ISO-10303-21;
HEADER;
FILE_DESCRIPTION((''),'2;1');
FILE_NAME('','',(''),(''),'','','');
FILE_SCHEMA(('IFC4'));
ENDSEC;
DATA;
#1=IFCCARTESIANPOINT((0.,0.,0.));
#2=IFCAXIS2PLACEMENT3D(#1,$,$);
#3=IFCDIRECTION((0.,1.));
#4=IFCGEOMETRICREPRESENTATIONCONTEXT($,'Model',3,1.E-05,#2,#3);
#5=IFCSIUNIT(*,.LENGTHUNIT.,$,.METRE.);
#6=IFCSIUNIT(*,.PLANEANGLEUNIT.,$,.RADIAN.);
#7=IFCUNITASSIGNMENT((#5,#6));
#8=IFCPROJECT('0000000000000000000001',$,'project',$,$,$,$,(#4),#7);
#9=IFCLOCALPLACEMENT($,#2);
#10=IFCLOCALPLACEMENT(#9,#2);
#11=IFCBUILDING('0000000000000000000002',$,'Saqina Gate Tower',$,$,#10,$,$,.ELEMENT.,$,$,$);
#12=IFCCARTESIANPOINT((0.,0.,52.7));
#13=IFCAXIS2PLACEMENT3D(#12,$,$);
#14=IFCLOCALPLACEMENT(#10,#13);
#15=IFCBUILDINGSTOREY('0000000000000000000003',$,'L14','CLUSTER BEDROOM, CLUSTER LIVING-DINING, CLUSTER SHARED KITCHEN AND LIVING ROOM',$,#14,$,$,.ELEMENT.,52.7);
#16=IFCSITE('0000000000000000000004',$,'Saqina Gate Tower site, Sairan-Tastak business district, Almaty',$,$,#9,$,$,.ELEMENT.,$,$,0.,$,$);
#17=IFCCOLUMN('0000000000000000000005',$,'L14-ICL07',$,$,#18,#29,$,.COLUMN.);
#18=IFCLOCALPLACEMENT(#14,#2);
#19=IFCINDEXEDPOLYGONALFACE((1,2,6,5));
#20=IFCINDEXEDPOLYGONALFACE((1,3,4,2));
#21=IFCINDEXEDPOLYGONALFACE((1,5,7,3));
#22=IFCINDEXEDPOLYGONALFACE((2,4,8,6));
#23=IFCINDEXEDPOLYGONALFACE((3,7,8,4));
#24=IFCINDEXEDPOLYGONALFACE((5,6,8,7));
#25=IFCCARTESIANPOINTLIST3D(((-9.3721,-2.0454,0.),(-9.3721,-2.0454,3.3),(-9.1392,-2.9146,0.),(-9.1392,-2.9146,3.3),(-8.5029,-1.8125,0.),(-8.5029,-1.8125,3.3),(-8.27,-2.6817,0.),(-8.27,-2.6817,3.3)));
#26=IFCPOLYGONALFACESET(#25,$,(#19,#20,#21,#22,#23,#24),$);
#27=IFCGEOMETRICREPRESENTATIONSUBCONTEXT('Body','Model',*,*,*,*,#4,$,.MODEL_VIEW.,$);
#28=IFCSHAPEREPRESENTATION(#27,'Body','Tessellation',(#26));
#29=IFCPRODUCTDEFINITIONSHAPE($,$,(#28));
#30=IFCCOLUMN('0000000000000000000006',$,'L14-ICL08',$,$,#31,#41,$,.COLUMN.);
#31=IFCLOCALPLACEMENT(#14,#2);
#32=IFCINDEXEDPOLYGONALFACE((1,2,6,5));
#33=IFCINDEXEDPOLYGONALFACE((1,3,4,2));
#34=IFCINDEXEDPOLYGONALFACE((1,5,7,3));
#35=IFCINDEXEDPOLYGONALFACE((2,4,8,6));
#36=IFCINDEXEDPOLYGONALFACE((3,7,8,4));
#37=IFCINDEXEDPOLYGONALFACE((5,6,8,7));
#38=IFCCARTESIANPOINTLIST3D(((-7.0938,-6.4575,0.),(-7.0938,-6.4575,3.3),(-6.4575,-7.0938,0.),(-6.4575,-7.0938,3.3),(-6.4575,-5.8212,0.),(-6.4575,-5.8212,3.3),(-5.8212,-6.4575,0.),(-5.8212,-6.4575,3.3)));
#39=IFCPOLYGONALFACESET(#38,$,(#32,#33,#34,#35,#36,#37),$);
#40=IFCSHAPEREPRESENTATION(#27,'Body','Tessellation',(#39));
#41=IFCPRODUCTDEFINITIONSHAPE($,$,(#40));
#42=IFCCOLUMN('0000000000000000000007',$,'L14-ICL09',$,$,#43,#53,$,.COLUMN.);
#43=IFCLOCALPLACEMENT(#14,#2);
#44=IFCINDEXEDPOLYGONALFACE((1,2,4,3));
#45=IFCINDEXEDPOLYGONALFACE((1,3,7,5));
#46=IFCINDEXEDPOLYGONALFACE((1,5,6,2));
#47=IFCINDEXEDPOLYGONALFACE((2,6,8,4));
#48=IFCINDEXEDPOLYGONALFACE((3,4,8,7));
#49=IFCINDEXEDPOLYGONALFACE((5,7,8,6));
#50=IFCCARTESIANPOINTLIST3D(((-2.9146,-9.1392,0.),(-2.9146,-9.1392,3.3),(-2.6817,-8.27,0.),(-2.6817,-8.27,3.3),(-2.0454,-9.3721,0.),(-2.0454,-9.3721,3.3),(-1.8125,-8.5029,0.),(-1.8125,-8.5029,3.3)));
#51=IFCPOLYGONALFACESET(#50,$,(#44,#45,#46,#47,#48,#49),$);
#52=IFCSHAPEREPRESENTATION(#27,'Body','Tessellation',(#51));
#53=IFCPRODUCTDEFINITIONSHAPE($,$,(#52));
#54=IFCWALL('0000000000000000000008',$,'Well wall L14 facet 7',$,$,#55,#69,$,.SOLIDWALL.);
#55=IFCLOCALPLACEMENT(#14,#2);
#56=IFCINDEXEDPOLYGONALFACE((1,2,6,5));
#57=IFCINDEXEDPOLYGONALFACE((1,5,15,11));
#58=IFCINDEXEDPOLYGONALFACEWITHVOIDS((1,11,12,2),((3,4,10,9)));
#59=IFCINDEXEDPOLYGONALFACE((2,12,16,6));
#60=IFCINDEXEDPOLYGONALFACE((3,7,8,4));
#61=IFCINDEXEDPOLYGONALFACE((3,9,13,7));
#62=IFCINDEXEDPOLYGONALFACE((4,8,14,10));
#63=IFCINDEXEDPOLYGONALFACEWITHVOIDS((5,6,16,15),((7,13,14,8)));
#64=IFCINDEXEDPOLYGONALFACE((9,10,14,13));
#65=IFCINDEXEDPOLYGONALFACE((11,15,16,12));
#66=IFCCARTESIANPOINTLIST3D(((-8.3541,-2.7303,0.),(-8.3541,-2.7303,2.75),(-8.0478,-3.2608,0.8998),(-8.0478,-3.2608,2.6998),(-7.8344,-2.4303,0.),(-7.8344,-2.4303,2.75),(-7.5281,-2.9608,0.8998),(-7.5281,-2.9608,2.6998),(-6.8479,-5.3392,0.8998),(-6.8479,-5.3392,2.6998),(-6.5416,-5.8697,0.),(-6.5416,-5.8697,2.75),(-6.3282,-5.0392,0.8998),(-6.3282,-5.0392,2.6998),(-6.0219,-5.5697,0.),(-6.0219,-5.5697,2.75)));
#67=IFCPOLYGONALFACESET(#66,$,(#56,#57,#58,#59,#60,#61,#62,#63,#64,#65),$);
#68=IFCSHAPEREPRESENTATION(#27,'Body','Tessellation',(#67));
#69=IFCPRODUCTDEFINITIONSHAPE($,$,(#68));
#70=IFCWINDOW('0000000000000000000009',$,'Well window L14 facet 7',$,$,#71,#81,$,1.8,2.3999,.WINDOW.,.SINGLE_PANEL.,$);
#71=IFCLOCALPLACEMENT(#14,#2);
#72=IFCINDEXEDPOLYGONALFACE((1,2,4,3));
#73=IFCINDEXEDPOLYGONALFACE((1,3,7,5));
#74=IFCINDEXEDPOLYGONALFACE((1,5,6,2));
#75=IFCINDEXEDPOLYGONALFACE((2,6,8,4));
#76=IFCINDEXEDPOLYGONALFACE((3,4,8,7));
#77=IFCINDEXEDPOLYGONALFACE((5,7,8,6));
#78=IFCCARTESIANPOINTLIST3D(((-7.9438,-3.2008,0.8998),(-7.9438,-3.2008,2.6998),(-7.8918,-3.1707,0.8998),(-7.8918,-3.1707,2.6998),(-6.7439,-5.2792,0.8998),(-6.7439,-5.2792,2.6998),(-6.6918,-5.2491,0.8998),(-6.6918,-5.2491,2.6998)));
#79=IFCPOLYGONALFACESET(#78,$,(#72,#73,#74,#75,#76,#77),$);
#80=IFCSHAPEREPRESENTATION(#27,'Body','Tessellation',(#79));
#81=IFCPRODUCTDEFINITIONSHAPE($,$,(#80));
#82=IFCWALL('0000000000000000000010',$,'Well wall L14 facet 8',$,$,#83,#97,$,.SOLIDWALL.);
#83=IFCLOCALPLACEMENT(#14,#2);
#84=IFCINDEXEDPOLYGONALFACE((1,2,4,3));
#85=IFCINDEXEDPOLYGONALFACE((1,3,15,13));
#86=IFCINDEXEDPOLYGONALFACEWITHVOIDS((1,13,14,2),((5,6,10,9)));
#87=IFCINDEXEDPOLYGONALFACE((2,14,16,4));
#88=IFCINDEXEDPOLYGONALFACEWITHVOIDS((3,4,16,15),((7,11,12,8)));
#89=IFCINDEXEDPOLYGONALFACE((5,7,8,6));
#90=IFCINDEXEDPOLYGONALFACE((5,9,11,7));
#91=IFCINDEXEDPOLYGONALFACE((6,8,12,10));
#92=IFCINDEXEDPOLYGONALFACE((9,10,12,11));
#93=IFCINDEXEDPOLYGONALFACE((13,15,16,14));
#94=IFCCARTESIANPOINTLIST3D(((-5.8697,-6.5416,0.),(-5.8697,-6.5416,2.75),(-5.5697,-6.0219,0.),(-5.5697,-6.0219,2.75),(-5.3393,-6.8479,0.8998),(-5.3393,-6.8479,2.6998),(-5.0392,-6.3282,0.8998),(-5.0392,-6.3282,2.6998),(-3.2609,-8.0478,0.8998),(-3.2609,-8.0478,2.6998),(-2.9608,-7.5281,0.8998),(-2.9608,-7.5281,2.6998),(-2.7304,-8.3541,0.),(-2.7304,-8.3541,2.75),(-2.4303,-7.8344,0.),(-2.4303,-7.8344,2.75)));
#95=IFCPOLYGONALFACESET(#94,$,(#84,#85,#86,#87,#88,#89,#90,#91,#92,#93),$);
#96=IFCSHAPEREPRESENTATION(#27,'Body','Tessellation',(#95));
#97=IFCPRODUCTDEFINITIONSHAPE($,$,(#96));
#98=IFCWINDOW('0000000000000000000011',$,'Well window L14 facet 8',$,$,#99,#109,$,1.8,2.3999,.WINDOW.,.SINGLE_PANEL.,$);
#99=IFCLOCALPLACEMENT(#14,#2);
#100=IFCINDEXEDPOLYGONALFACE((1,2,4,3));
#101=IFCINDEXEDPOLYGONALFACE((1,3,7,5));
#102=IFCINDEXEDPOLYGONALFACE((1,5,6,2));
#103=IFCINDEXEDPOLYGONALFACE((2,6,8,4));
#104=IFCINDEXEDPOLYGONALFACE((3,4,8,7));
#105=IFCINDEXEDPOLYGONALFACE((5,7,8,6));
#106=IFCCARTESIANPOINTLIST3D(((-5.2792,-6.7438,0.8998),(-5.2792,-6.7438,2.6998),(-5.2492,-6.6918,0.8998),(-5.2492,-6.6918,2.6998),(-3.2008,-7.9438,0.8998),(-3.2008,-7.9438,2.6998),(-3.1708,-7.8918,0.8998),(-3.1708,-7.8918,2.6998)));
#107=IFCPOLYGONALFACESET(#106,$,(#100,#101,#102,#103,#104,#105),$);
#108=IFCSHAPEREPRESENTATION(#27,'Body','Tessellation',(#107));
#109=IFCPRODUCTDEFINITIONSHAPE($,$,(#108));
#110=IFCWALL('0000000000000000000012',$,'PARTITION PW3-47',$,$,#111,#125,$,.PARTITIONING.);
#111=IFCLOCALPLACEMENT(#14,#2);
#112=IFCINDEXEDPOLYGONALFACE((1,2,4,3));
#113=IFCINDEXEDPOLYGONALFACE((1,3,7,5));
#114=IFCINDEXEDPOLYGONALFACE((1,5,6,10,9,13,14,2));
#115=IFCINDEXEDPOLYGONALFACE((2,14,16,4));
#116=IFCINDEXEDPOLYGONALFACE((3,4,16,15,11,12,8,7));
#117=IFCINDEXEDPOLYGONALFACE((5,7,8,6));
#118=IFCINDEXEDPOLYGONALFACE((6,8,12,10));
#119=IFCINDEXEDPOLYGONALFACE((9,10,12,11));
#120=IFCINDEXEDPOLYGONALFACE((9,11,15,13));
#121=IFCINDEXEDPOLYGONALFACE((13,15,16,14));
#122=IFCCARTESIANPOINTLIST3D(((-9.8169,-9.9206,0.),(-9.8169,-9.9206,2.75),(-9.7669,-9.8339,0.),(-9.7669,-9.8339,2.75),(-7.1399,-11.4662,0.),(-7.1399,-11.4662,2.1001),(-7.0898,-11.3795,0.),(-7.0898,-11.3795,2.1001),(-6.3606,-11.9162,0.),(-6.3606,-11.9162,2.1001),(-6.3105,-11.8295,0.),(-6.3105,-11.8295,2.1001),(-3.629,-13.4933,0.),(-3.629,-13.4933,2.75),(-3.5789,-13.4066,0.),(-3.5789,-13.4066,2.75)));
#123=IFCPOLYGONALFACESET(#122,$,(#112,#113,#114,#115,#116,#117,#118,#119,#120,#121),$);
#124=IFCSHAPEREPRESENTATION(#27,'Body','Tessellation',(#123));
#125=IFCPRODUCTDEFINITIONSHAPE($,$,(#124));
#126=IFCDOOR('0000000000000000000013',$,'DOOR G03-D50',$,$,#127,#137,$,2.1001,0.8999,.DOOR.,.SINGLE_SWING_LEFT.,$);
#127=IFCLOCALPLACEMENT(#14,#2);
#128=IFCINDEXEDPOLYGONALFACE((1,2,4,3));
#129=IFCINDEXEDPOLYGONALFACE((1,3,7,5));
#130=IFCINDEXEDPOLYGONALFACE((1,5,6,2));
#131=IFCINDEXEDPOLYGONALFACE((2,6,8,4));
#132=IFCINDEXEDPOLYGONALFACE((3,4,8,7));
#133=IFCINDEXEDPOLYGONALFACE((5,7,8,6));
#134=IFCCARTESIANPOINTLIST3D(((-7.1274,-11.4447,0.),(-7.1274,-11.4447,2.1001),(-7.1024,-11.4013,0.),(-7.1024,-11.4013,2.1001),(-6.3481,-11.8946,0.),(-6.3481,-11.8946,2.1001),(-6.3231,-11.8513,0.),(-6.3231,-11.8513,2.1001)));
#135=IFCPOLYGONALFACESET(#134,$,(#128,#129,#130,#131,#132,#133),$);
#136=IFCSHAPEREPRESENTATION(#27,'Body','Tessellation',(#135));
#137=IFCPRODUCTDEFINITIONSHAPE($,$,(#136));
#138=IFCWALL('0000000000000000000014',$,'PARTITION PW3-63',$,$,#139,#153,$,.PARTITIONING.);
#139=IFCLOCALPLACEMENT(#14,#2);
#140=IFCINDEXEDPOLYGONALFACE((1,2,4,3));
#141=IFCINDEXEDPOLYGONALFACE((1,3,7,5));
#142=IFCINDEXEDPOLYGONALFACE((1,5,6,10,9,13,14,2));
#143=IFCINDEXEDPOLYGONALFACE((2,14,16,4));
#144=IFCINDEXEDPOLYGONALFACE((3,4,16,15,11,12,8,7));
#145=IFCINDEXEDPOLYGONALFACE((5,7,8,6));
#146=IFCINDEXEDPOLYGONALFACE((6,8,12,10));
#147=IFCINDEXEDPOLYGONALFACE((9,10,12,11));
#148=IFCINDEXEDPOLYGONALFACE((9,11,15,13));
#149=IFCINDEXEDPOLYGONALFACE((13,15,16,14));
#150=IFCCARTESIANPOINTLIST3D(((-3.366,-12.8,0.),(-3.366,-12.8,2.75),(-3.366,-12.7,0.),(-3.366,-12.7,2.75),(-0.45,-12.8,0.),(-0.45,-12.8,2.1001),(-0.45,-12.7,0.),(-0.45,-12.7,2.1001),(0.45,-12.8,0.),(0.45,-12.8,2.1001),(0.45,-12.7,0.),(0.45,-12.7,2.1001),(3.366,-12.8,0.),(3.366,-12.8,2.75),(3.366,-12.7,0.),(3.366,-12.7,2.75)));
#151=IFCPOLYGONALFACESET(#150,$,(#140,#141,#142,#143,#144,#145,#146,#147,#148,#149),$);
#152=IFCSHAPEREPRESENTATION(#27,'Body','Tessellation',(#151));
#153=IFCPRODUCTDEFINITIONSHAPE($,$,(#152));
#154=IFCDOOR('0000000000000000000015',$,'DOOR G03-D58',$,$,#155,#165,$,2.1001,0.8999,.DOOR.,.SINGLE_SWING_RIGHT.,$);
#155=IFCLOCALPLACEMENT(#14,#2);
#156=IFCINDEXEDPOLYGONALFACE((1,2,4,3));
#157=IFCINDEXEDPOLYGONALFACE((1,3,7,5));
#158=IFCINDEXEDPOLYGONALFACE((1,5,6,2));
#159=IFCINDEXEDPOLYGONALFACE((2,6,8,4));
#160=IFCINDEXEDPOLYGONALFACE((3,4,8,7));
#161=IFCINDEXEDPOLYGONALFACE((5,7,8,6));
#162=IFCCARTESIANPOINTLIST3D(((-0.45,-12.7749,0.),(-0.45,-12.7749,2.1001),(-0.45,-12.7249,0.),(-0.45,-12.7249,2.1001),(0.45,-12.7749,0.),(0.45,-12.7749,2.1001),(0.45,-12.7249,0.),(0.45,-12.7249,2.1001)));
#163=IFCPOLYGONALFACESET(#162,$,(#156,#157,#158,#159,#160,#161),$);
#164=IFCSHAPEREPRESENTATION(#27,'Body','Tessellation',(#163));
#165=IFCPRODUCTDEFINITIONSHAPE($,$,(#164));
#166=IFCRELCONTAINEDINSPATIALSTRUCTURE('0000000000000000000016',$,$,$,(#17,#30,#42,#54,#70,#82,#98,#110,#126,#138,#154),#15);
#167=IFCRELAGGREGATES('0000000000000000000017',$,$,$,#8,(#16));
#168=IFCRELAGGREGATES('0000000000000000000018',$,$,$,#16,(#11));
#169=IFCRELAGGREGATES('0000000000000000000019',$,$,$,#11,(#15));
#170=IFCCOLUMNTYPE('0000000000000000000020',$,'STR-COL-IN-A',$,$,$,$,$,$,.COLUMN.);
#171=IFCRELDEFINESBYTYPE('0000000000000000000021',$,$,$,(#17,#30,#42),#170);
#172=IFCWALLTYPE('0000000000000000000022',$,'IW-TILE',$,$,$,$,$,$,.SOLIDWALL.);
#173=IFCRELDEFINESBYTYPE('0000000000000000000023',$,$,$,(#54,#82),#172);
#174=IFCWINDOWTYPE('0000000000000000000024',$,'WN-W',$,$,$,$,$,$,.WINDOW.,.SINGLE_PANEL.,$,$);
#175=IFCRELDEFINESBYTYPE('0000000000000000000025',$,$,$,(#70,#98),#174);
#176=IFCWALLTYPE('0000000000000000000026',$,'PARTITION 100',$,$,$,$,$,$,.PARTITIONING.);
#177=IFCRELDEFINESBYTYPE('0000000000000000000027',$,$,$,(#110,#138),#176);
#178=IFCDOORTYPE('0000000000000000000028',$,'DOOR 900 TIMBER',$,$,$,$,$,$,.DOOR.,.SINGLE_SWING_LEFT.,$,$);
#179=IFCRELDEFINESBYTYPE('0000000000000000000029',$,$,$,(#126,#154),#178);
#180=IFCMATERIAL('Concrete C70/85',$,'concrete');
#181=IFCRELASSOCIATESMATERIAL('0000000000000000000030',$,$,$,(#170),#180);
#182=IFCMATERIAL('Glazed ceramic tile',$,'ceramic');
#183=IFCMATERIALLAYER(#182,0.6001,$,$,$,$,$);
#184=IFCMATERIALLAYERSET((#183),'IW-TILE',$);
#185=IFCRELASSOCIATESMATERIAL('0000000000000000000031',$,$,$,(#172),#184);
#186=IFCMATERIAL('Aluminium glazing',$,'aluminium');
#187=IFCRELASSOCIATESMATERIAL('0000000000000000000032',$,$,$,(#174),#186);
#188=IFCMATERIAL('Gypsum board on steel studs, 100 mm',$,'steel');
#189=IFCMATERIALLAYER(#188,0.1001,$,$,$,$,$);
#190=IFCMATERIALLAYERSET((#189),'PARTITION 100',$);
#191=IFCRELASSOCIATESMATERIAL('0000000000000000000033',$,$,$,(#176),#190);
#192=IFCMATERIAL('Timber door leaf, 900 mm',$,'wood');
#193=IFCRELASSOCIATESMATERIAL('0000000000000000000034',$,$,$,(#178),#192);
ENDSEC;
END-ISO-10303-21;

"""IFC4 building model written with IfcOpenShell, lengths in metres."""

from ifc_helpers import new_model, si_unit, direction, frame, frame_2d, origin, origin_2d, place, context, subcontext, project, spatial, rectangle, extrude, material, layer, layer_set, material_profile, profile_set, type_object, element, fill, save


model = new_model("IFC4")

# Units and contexts
model_context = context("Model", 3, precision=1e-05, world=origin(), true_north=direction((0.0, 1.0)))
body_context = subcontext(model_context, "Body", "Model", "MODEL_VIEW")
ifc_project = project(units=[si_unit("LENGTHUNIT", "METRE"), si_unit("PLANEANGLEUNIT", "RADIAN")], contexts=[model_context])

# Site, building, storey
site_placement = place(None, origin())
site = spatial("IfcSite", under=ifc_project, at=site_placement, Name="Saqina Gate Tower site, Sairan-Tastak business district, Almaty", CompositionType="ELEMENT", RefElevation=0.0)
building_placement = place(site_placement, origin())
building = spatial("IfcBuilding", under=site, at=building_placement, Name="Saqina Gate Tower", CompositionType="ELEMENT")
storey_placement = place(building_placement, frame((0.0, 0.0, 52.7)))
storey = spatial("IfcBuildingStorey", under=building, at=storey_placement, Name="L14", Description="CLUSTER BEDROOM, CLUSTER LIVING-DINING, CLUSTER SHARED KITCHEN AND LIVING ROOM", CompositionType="ELEMENT", Elevation=52.7)

# Columns
ifc_material_1 = material(Name="Concrete C70/85", Category="concrete")
ifc_material_profile = material_profile(ifc_material_1, rectangle(XDim=0.8999, YDim=0.8999, at=origin_2d()), Name="RC 900x900")
ifc_profile_set = profile_set([ifc_material_profile], Name="Concrete C70/85")
column_type = type_object("IfcColumnType", Name="STR-COL-IN-A", PredefinedType="COLUMN", material=ifc_profile_set)
for number, where, z_axis, x_axis, name in (
    (1, (-8.821, -2.3635, 0.0), (0.0, 0.0, 1.0), (-0.965926, -0.258819, 0.0), "L14-ICL07"),
    (2, (-6.4575, -6.4575, 0.0), (0.0, 0.0, 1.0), (-0.707107, -0.707107, 0.0), "L14-ICL08"),
    (3, (-2.3635, -8.821, 0.0), (0.0, 0.0, 1.0), (-0.258819, -0.965926, 0.0), "L14-ICL09"),
):
    element("IfcColumn", number, at=place(storey_placement, frame(where, z_axis=z_axis, x_axis=x_axis)), inside=storey, type_object=column_type, Name=name, PredefinedType="COLUMN", context=body_context, shape_type="SweptSolid", body=[
        extrude(rectangle(XDim=0.8999, YDim=0.8999, at=origin_2d()), origin(), (0.0, 0.0, 1.0), 3.3),
    ])

# Walls, openings, windows
ifc_material_2 = material(Name="Glazed ceramic tile", Category="ceramic")
ifc_layer_1 = layer(ifc_material_2, 0.6001)
ifc_layer_set_1 = layer_set([ifc_layer_1], Name="IW-TILE")
wall_type_1 = type_object("IfcWallType", Name="IW-TILE", PredefinedType="SOLIDWALL", material=ifc_layer_set_1)
wall_1_placement = place(storey_placement, frame((-8.0942, -2.5803, 0.0), z_axis=(0.0, 0.0, 1.0), x_axis=(0.499993, -0.86603, 0.0)))
wall_1 = element("IfcWall", 4, at=wall_1_placement, inside=storey, type_object=wall_type_1, Name="Well wall L14 facet 7", PredefinedType="SOLIDWALL", context=body_context, shape_type="SweptSolid", body=[
    extrude(rectangle(XDim=3.625, YDim=0.6001, at=frame_2d((1.8125, 0.0))), origin(), (0.0, 0.0, 1.0), 2.75),
])
opening_1_placement = place(wall_1_placement, frame((0.6125, 0.0, 0.8999)))
opening_1 = element("IfcOpeningElement", 5, at=opening_1_placement, cuts=wall_1, PredefinedType="OPENING", context=body_context, shape_type="SweptSolid", body=[
    extrude(rectangle(XDim=2.3999, YDim=1.8, at=frame_2d((1.2, 0.8999))), frame((0.0, 0.312, 0.0), z_axis=(0.0, -1.0, 0.0), x_axis=(1.0, 0.0, 0.0)), (0.0, 0.0, 1.0), 0.624),
])
ifc_material_3 = material(Name="Aluminium glazing", Category="aluminium")
window_type = type_object("IfcWindowType", Name="WN-W", PartitioningType="SINGLE_PANEL", PredefinedType="WINDOW", material=ifc_material_3)
window_1_placement = place(opening_1_placement, origin())
window_1 = element("IfcWindow", 6, at=window_1_placement, inside=storey, type_object=window_type, Name="Well window L14 facet 7", OverallHeight=1.8, OverallWidth=2.3999, PartitioningType="SINGLE_PANEL", PredefinedType="WINDOW", context=body_context, shape_type="SweptSolid", body=[
    extrude(rectangle(XDim=2.3999, YDim=1.8, at=frame_2d((1.2, 0.8999))), frame((0.0, -0.1199, 0.0), z_axis=(0.0, -1.0, 0.0), x_axis=(1.0, 0.0, 0.0)), (0.0, 0.0, 1.0), 0.0601),
])
fill(opening_1, window_1)
wall_2_placement = place(storey_placement, frame((-5.7197, -6.2817, 0.0), z_axis=(0.0, 0.0, 1.0), x_axis=(0.86603, -0.499993, 0.0)))
wall_2 = element("IfcWall", 7, at=wall_2_placement, inside=storey, type_object=wall_type_1, Name="Well wall L14 facet 8", PredefinedType="SOLIDWALL", context=body_context, shape_type="SweptSolid", body=[
    extrude(rectangle(XDim=3.625, YDim=0.6001, at=frame_2d((1.8125, 0.0))), origin(), (0.0, 0.0, 1.0), 2.75),
])
opening_2_placement = place(wall_2_placement, frame((0.6125, 0.0, 0.8999)))
opening_2 = element("IfcOpeningElement", 8, at=opening_2_placement, cuts=wall_2, PredefinedType="OPENING", context=body_context, shape_type="SweptSolid", body=[
    extrude(rectangle(XDim=2.3999, YDim=1.8, at=frame_2d((1.2, 0.8999))), frame((0.0, 0.312, 0.0), z_axis=(0.0, -1.0, 0.0), x_axis=(1.0, 0.0, 0.0)), (0.0, 0.0, 1.0), 0.624),
])
window_2_placement = place(opening_2_placement, origin())
window_2 = element("IfcWindow", 9, at=window_2_placement, inside=storey, type_object=window_type, Name="Well window L14 facet 8", OverallHeight=1.8, OverallWidth=2.3999, PartitioningType="SINGLE_PANEL", PredefinedType="WINDOW", context=body_context, shape_type="SweptSolid", body=[
    extrude(rectangle(XDim=2.3999, YDim=1.8, at=frame_2d((1.2, 0.8999))), frame((0.0, -0.1199, 0.0), z_axis=(0.0, -1.0, 0.0), x_axis=(1.0, 0.0, 0.0)), (0.0, 0.0, 1.0), 0.0601),
])
fill(opening_2, window_2)

# Walls, openings, doors
ifc_material_4 = material(Name="Gypsum board on steel studs, 100 mm", Category="steel")
ifc_layer_2 = layer(ifc_material_4, 0.1001)
ifc_layer_set_2 = layer_set([ifc_layer_2], Name="PARTITION 100")
wall_type_2 = type_object("IfcWallType", Name="PARTITION 100", PredefinedType="PARTITIONING", material=ifc_layer_set_2)
wall_3_placement = place(storey_placement, frame((-9.792, -9.8772, 0.0), z_axis=(0.0, 0.0, 1.0), x_axis=(0.866018, -0.500012, 0.0)))
wall_3 = element("IfcWall", 10, at=wall_3_placement, inside=storey, type_object=wall_type_2, Name="PARTITION PW3-47", PredefinedType="PARTITIONING", context=body_context, shape_type="SweptSolid", body=[
    extrude(rectangle(XDim=7.1453, YDim=0.1001, at=frame_2d((3.5728, 0.0))), origin(), (0.0, 0.0, 1.0), 2.75),
])
opening_3_placement = place(wall_3_placement, frame((3.0913, 0.0, 0.0)))
opening_3 = element("IfcOpeningElement", 11, at=opening_3_placement, cuts=wall_3, PredefinedType="OPENING", context=body_context, shape_type="SweptSolid", body=[
    extrude(rectangle(XDim=0.8999, YDim=2.1001, at=frame_2d((0.45, 1.05))), frame((0.0, 0.062, 0.0), z_axis=(0.0, -1.0, 0.0), x_axis=(1.0, 0.0, 0.0)), (0.0, 0.0, 1.0), 0.124),
])
ifc_material_5 = material(Name="Timber door leaf, 900 mm", Category="wood")
door_type_1 = type_object("IfcDoorType", Name="DOOR 900 TIMBER", OperationType="SINGLE_SWING_LEFT", PredefinedType="DOOR", material=ifc_material_5)
door_1_placement = place(opening_3_placement, origin())
door_1 = element("IfcDoor", 12, at=door_1_placement, inside=storey, type_object=door_type_1, Name="DOOR G03-D50", OperationType="SINGLE_SWING_LEFT", OverallHeight=2.1001, OverallWidth=0.8999, PredefinedType="DOOR", context=body_context, shape_type="SweptSolid", body=[
    extrude(rectangle(XDim=0.8999, YDim=2.1001, at=frame_2d((0.45, 1.05))), frame((0.0, 0.0249, 0.0), z_axis=(0.0, -1.0, 0.0), x_axis=(1.0, 0.0, 0.0)), (0.0, 0.0, 1.0), 0.05),
])
fill(opening_3, door_1)
wall_4_placement = place(storey_placement, frame((-3.366, -12.75, 0.0), z_axis=(0.0, 0.0, 1.0), x_axis=(1.0, 0.0, 0.0)))
wall_4 = element("IfcWall", 13, at=wall_4_placement, inside=storey, type_object=wall_type_2, Name="PARTITION PW3-63", PredefinedType="PARTITIONING", context=body_context, shape_type="SweptSolid", body=[
    extrude(rectangle(XDim=6.7319, YDim=0.1001, at=frame_2d((3.366, 0.0))), origin(), (0.0, 0.0, 1.0), 2.75),
])
opening_4_placement = place(wall_4_placement, frame((2.916, 0.0, 0.0)))
opening_4 = element("IfcOpeningElement", 14, at=opening_4_placement, cuts=wall_4, PredefinedType="OPENING", context=body_context, shape_type="SweptSolid", body=[
    extrude(rectangle(XDim=0.8999, YDim=2.1001, at=frame_2d((0.45, 1.05))), frame((0.0, 0.062, 0.0), z_axis=(0.0, -1.0, 0.0), x_axis=(1.0, 0.0, 0.0)), (0.0, 0.0, 1.0), 0.124),
])
door_2_placement = place(opening_4_placement, frame((0.8999, 0.0, 0.0), z_axis=(0.0, 0.0, 1.0), x_axis=(-1.0, 0.0, 0.0)))
door_2 = element("IfcDoor", 15, at=door_2_placement, inside=storey, type_object=door_type_1, Name="DOOR G03-D58", OperationType="SINGLE_SWING_RIGHT", OverallHeight=2.1001, OverallWidth=0.8999, PredefinedType="DOOR", context=body_context, shape_type="SweptSolid", body=[
    extrude(rectangle(XDim=0.8999, YDim=2.1001, at=frame_2d((0.45, 1.05))), frame((0.0, 0.0249, 0.0), z_axis=(0.0, -1.0, 0.0), x_axis=(1.0, 0.0, 0.0)), (0.0, 0.0, 1.0), 0.05),
])
fill(opening_4, door_2)

save(model, "model.ifc")
